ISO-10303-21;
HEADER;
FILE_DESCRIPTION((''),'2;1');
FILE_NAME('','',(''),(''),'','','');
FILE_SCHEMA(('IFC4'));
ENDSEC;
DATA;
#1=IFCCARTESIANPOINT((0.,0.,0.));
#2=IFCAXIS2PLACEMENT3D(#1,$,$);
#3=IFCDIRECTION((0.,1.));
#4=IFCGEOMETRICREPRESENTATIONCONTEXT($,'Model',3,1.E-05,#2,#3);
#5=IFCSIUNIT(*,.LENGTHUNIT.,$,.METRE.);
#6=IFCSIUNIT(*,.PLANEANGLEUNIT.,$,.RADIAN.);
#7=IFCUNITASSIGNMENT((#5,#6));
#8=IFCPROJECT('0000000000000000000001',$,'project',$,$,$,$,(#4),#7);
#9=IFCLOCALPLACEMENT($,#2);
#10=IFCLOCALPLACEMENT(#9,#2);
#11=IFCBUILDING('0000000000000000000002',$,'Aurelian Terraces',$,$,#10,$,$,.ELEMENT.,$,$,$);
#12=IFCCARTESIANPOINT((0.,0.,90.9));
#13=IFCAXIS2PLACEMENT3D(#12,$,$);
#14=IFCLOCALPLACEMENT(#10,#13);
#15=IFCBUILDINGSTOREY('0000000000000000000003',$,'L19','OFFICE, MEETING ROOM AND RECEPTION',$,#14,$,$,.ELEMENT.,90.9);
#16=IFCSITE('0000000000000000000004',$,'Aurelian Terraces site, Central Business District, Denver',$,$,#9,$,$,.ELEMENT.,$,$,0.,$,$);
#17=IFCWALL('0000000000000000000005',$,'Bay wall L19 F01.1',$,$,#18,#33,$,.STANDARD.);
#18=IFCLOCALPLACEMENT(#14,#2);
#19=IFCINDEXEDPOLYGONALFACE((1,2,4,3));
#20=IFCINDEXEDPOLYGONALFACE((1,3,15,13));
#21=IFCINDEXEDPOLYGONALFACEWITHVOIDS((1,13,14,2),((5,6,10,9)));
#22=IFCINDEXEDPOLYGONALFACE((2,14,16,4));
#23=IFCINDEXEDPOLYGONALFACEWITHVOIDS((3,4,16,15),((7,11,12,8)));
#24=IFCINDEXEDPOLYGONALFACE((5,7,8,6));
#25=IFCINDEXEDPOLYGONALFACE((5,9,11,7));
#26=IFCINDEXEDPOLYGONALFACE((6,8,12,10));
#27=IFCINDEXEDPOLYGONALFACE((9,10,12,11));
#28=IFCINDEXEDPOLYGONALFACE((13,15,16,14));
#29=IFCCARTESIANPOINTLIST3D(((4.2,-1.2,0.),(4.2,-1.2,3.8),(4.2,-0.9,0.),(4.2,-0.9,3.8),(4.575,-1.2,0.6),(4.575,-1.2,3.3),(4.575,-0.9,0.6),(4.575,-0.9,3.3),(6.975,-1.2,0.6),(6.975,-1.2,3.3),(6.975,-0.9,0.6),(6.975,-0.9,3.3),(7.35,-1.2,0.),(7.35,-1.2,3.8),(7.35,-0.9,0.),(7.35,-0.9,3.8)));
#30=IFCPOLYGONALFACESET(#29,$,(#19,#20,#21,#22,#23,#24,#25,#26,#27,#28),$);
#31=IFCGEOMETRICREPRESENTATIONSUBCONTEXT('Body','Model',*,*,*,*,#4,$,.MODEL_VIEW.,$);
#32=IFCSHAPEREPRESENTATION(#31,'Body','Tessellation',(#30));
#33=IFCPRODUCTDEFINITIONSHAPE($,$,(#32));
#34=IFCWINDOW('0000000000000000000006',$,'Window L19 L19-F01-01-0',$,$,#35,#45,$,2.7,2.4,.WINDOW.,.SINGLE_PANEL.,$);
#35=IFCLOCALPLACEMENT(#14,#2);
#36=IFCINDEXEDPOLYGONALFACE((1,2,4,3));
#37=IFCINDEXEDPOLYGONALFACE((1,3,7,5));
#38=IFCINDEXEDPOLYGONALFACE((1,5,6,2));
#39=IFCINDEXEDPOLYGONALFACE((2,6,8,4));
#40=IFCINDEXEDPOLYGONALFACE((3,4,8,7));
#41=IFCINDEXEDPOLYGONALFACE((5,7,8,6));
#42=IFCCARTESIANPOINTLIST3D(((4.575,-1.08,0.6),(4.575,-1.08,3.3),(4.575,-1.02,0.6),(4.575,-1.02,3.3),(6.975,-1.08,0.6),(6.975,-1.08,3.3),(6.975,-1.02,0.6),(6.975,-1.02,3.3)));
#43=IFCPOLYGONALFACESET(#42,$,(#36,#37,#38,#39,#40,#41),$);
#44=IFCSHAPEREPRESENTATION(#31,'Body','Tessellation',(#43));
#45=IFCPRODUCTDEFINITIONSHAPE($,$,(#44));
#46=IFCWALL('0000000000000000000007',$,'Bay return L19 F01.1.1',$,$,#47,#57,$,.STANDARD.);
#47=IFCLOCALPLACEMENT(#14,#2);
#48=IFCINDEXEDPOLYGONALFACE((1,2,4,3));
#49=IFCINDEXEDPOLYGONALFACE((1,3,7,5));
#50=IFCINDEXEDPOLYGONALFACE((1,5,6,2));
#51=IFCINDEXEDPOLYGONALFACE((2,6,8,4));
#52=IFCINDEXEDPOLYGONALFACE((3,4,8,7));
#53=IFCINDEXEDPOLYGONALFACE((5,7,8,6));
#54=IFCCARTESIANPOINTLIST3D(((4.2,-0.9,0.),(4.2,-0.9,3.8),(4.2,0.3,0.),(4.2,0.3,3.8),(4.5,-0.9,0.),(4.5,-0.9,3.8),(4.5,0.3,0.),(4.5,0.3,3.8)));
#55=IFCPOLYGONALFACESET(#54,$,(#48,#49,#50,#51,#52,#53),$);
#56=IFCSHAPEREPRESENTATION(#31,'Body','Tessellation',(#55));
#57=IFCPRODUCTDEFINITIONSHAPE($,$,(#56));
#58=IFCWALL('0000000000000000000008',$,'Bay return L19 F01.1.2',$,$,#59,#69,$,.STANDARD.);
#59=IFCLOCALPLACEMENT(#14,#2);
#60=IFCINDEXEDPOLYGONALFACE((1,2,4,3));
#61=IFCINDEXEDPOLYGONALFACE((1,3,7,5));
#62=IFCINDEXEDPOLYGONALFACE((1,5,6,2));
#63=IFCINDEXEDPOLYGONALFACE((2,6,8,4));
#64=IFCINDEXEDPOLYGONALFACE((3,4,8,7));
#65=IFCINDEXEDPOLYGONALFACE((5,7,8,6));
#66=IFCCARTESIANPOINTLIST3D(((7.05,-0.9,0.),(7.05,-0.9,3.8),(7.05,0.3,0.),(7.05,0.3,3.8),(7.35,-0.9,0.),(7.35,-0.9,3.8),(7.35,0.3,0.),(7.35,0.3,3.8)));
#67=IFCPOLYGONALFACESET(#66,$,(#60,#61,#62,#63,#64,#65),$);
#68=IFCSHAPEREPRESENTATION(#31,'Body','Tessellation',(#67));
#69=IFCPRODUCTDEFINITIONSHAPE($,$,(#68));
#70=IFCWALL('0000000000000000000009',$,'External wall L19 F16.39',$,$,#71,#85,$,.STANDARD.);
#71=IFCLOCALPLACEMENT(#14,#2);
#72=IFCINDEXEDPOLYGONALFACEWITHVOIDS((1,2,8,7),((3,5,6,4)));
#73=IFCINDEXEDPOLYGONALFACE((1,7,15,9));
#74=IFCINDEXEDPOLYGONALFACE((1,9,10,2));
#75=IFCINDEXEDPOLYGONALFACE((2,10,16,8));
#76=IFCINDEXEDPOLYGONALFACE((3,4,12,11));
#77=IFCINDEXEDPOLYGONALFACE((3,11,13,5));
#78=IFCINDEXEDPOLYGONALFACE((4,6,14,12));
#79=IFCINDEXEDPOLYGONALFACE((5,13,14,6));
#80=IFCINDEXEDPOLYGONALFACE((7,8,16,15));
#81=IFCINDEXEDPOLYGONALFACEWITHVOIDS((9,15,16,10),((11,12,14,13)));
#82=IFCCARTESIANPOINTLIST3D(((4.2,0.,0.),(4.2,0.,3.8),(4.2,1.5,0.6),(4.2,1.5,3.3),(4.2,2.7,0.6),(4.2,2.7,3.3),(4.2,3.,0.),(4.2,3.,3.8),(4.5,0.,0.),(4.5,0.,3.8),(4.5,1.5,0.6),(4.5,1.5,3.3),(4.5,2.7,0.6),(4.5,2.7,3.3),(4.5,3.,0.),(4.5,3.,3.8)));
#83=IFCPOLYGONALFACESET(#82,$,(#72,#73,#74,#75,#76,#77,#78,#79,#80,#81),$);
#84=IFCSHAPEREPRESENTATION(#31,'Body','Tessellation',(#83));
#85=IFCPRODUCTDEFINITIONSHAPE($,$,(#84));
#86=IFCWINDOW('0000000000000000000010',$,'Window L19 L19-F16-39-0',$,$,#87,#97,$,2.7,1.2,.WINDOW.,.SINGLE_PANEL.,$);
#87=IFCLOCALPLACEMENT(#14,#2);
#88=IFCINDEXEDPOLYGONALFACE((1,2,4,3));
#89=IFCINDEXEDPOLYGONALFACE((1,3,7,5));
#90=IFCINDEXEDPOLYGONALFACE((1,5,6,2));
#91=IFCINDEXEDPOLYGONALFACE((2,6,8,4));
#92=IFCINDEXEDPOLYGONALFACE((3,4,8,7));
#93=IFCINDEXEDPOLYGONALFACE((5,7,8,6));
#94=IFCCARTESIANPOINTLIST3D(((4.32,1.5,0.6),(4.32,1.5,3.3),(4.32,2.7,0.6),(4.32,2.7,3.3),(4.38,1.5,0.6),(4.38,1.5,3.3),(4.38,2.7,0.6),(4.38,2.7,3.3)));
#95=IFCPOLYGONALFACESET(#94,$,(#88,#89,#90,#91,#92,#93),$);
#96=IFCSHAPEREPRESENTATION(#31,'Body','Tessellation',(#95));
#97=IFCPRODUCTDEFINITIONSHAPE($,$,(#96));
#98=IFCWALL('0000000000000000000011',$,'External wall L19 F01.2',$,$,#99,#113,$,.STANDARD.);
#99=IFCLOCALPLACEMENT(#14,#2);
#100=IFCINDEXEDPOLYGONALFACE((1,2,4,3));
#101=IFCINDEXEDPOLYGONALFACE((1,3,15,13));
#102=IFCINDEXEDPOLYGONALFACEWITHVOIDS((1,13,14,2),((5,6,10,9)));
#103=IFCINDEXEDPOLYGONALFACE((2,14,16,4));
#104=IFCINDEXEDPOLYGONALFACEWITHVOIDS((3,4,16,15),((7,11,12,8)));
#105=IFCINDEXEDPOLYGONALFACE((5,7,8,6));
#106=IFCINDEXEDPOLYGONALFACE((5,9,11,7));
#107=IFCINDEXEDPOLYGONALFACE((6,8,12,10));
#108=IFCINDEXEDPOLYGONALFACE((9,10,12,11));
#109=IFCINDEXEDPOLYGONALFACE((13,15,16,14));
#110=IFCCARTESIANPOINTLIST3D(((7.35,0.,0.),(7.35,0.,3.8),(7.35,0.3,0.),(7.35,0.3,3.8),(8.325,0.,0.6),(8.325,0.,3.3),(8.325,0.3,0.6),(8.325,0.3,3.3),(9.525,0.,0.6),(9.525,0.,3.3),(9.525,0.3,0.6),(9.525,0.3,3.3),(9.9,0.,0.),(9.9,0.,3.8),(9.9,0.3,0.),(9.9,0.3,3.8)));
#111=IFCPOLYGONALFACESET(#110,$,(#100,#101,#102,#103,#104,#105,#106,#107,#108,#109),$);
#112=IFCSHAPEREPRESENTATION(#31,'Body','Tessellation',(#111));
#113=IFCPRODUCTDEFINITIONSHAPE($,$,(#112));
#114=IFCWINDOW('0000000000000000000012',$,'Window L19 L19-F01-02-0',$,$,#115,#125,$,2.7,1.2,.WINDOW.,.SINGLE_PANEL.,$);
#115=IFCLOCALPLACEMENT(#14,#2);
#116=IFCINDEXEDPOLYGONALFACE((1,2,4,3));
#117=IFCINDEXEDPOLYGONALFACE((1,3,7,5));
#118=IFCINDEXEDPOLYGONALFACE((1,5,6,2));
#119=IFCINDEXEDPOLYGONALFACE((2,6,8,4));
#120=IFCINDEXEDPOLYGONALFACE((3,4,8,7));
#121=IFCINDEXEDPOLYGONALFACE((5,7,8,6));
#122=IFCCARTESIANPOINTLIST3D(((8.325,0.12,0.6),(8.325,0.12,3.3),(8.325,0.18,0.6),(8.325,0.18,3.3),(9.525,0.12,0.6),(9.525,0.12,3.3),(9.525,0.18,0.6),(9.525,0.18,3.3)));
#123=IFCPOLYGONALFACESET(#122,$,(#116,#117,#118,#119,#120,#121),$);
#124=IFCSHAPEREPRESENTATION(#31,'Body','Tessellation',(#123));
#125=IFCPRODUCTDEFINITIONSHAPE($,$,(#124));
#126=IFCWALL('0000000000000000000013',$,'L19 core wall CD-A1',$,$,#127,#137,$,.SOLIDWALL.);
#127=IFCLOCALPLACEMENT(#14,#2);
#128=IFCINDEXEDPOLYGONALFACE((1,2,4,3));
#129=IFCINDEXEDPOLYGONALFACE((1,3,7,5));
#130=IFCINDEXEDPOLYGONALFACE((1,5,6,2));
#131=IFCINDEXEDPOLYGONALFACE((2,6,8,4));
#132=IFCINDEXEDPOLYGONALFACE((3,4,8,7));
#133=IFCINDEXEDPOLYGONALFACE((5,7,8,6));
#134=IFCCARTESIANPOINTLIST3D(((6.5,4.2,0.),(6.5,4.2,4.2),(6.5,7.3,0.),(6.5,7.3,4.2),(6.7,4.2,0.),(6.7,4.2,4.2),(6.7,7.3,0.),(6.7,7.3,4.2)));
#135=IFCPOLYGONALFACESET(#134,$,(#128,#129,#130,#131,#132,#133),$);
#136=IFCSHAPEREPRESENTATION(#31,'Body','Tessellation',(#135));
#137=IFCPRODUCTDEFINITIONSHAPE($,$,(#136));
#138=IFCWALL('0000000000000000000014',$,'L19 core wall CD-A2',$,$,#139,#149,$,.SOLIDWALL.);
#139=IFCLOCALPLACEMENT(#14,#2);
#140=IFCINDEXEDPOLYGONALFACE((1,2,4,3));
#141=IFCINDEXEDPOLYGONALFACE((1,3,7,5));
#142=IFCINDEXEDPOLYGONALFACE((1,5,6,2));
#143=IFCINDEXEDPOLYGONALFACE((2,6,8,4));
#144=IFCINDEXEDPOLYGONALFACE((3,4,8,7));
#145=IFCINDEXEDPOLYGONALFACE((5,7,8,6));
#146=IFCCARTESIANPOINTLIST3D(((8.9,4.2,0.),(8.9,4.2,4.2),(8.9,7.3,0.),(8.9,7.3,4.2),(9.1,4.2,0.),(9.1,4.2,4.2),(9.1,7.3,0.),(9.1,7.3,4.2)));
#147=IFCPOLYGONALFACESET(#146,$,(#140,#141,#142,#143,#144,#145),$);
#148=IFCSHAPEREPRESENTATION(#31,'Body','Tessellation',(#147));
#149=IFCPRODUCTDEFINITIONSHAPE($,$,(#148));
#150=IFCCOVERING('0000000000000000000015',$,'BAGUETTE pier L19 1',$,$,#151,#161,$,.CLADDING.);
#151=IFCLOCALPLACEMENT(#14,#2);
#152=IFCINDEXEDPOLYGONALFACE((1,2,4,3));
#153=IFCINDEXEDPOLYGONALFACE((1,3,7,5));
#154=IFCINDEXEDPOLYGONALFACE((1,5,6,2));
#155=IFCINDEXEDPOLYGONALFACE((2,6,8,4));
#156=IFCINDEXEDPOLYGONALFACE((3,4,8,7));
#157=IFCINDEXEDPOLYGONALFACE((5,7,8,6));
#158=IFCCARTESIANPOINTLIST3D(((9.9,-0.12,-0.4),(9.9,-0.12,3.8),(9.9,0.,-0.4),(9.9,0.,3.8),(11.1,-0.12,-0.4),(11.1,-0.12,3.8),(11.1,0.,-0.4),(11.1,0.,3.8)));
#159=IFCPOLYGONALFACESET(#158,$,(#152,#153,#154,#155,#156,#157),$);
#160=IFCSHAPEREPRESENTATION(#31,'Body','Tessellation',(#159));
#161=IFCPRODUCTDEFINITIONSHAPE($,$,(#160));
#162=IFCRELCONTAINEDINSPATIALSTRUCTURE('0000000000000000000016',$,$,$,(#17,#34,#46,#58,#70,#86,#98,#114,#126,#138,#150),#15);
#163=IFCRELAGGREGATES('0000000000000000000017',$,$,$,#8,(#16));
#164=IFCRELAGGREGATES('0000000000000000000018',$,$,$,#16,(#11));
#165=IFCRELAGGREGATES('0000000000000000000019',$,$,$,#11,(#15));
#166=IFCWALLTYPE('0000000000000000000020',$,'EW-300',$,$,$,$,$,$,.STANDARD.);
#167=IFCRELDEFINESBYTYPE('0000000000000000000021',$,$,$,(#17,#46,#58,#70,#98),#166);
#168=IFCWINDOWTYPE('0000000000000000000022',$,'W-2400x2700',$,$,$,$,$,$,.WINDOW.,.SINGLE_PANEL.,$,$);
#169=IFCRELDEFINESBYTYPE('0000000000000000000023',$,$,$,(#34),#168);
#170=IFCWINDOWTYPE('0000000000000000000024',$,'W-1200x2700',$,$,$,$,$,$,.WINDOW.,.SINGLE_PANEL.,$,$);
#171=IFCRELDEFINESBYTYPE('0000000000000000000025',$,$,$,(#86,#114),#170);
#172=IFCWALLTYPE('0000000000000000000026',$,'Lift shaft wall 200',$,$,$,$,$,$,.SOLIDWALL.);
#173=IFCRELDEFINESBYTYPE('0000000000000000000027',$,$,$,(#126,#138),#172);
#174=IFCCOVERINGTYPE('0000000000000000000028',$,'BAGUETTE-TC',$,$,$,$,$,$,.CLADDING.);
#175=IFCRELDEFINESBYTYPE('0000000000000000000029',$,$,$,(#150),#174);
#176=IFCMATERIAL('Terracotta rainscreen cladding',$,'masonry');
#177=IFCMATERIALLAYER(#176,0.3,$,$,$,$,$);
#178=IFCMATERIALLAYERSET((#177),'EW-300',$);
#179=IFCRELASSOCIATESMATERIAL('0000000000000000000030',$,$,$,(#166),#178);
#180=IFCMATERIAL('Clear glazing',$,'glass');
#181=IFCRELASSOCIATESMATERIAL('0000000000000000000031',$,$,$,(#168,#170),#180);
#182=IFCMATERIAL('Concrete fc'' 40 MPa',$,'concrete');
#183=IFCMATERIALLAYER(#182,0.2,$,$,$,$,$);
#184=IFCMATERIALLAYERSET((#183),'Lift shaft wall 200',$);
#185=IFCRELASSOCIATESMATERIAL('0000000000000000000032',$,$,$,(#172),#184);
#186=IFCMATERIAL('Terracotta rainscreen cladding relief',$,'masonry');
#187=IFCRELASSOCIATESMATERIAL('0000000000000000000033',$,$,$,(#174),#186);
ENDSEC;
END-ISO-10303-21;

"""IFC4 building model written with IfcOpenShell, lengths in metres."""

from ifc_helpers import new_model, si_unit, direction, frame, frame_2d, origin, origin_2d, place, context, subcontext, project, spatial, rectangle, extrude, source, transform, mapped, material, layer, layer_set, type_object, element, fill, save


model = new_model("IFC4")

# Units and contexts
model_context = context("Model", 3, precision=1e-05, world=origin(), true_north=direction((0.0, 1.0)))
body_context = subcontext(model_context, "Body", "Model", "MODEL_VIEW")
ifc_project = project(units=[si_unit("LENGTHUNIT", "METRE"), si_unit("PLANEANGLEUNIT", "RADIAN")], contexts=[model_context])

# Site, building, storey
site_placement = place(None, origin())
site = spatial("IfcSite", under=ifc_project, at=site_placement, Name="Aurelian Terraces site, Central Business District, Denver", CompositionType="ELEMENT", RefElevation=0.0)
building_placement = place(site_placement, origin())
building = spatial("IfcBuilding", under=site, at=building_placement, Name="Aurelian Terraces", CompositionType="ELEMENT")
storey_placement = place(building_placement, frame((0.0, 0.0, 90.9)))
storey = spatial("IfcBuildingStorey", under=building, at=storey_placement, Name="L19", Description="OFFICE, MEETING ROOM AND RECEPTION", CompositionType="ELEMENT", Elevation=90.9)

# Shared definitions
ifc_material_1 = material(Name="Concrete fc' 40 MPa", Category="concrete")

# Shared definitions
ifc_material_2 = material(Name="Terracotta rainscreen cladding", Category="masonry")
ifc_layer_1 = layer(ifc_material_2, 0.3)
ifc_layer_set_1 = layer_set([ifc_layer_1], Name="EW-300")
wall_type_1 = type_object("IfcWallType", Name="EW-300", PredefinedType="STANDARD", material=ifc_layer_set_1)
ifc_material_3 = material(Name="Clear glazing", Category="glass")

# Wall, opening, window
shared_shape_1 = source(origin(), body_context, "Body", "SweptSolid", [
    extrude(rectangle(XDim=3.15, YDim=0.3, at=frame_2d((1.575, 0.0))), origin(), (0.0, 0.0, 1.0), 3.8),
])
wall_1_placement = place(storey_placement, frame((4.2, -1.05, 0.0), z_axis=(0.0, 0.0, 1.0), x_axis=(1.0, 0.0, 0.0)))
wall_1 = element("IfcWall", 1, at=wall_1_placement, inside=storey, type_object=wall_type_1, Name="Bay wall L19 F01.1", PredefinedType="STANDARD", context=body_context, shape_type="MappedRepresentation", body=[
    mapped(shared_shape_1, transform((0.0, 0.0, 0.0), scale=1.0)),
])
shared_shape_2 = source(origin(), body_context, "Body", "SweptSolid", [
    extrude(rectangle(XDim=2.4, YDim=2.7, at=frame_2d((1.2, 1.35))), frame((0.0, 0.16, 0.0), z_axis=(0.0, -1.0, 0.0), x_axis=(1.0, 0.0, 0.0)), (0.0, 0.0, 1.0), 0.32),
])
opening_1_placement = place(wall_1_placement, frame((0.375, 0.0, 0.6)))
opening_1 = element("IfcOpeningElement", 2, at=opening_1_placement, cuts=wall_1, PredefinedType="OPENING", context=body_context, shape_type="MappedRepresentation", body=[
    mapped(shared_shape_2, transform((0.0, 0.0, 0.0), scale=1.0)),
])
window_type_1 = type_object("IfcWindowType", Name="W-2400x2700", PartitioningType="SINGLE_PANEL", PredefinedType="WINDOW", material=ifc_material_3)
shared_shape_3 = source(origin(), body_context, "Body", "SweptSolid", [
    extrude(rectangle(XDim=2.4, YDim=2.7, at=frame_2d((1.2, 1.35))), frame((0.0, 0.03, 0.0), z_axis=(0.0, -1.0, 0.0), x_axis=(1.0, 0.0, 0.0)), (0.0, 0.0, 1.0), 0.06),
])
window_1_placement = place(opening_1_placement, origin())
window_1 = element("IfcWindow", 3, at=window_1_placement, inside=storey, type_object=window_type_1, Name="Window L19 L19-F01-01-0", OverallHeight=2.7, OverallWidth=2.4, PartitioningType="SINGLE_PANEL", PredefinedType="WINDOW", context=body_context, shape_type="MappedRepresentation", body=[
    mapped(shared_shape_3, transform((0.0, 0.0, 0.0), scale=1.0)),
])
fill(opening_1, window_1)

# Walls
shared_shape_4 = source(origin(), body_context, "Body", "SweptSolid", [
    extrude(rectangle(XDim=1.2, YDim=0.3, at=frame_2d((0.6, 0.0))), origin(), (0.0, 0.0, 1.0), 3.8),
])
for number, where, z_axis, x_axis, name in (
    (4, (4.35, 0.3, 0.0), (0.0, 0.0, 1.0), (0.0, -1.0, 0.0), "Bay return L19 F01.1.1"),
    (5, (7.2, 0.3, 0.0), (0.0, 0.0, 1.0), (0.0, -1.0, 0.0), "Bay return L19 F01.1.2"),
):
    element("IfcWall", number, at=place(storey_placement, frame(where, z_axis=z_axis, x_axis=x_axis)), inside=storey, type_object=wall_type_1, Name=name, PredefinedType="STANDARD", context=body_context, shape_type="MappedRepresentation", body=[
        mapped(shared_shape_4, transform((0.0, 0.0, 0.0), scale=1.0)),
    ])

# Walls, openings, windows
shared_shape_5 = source(origin(), body_context, "Body", "SweptSolid", [
    extrude(rectangle(XDim=3.0, YDim=0.3, at=frame_2d((1.5, 0.0))), origin(), (0.0, 0.0, 1.0), 3.8),
])
wall_2_placement = place(storey_placement, frame((4.35, 3.0, 0.0), z_axis=(0.0, 0.0, 1.0), x_axis=(0.0, -1.0, 0.0)))
wall_2 = element("IfcWall", 6, at=wall_2_placement, inside=storey, type_object=wall_type_1, Name="External wall L19 F16.39", PredefinedType="STANDARD", context=body_context, shape_type="MappedRepresentation", body=[
    mapped(shared_shape_5, transform((0.0, 0.0, 0.0), scale=1.0)),
])
shared_shape_6 = source(origin(), body_context, "Body", "SweptSolid", [
    extrude(rectangle(XDim=1.2, YDim=2.7, at=frame_2d((0.6, 1.35))), frame((0.0, 0.16, 0.0), z_axis=(0.0, -1.0, 0.0), x_axis=(1.0, 0.0, 0.0)), (0.0, 0.0, 1.0), 0.32),
])
opening_2_placement = place(wall_2_placement, frame((0.3, 0.0, 0.6)))
opening_2 = element("IfcOpeningElement", 7, at=opening_2_placement, cuts=wall_2, PredefinedType="OPENING", context=body_context, shape_type="MappedRepresentation", body=[
    mapped(shared_shape_6, transform((0.0, 0.0, 0.0), scale=1.0)),
])
window_type_2 = type_object("IfcWindowType", Name="W-1200x2700", PartitioningType="SINGLE_PANEL", PredefinedType="WINDOW", material=ifc_material_3)
shared_shape_7 = source(origin(), body_context, "Body", "SweptSolid", [
    extrude(rectangle(XDim=1.2, YDim=2.7, at=frame_2d((0.6, 1.35))), frame((0.0, 0.03, 0.0), z_axis=(0.0, -1.0, 0.0), x_axis=(1.0, 0.0, 0.0)), (0.0, 0.0, 1.0), 0.06),
])
window_2_placement = place(opening_2_placement, origin())
window_2 = element("IfcWindow", 8, at=window_2_placement, inside=storey, type_object=window_type_2, Name="Window L19 L19-F16-39-0", OverallHeight=2.7, OverallWidth=1.2, PartitioningType="SINGLE_PANEL", PredefinedType="WINDOW", context=body_context, shape_type="MappedRepresentation", body=[
    mapped(shared_shape_7, transform((0.0, 0.0, 0.0), scale=1.0)),
])
fill(opening_2, window_2)
shared_shape_8 = source(origin(), body_context, "Body", "SweptSolid", [
    extrude(rectangle(XDim=2.55, YDim=0.3, at=frame_2d((1.275, 0.0))), origin(), (0.0, 0.0, 1.0), 3.8),
])
wall_3_placement = place(storey_placement, frame((7.35, 0.15, 0.0), z_axis=(0.0, 0.0, 1.0), x_axis=(1.0, 0.0, 0.0)))
wall_3 = element("IfcWall", 9, at=wall_3_placement, inside=storey, type_object=wall_type_1, Name="External wall L19 F01.2", PredefinedType="STANDARD", context=body_context, shape_type="MappedRepresentation", body=[
    mapped(shared_shape_8, transform((0.0, 0.0, 0.0), scale=1.0)),
])
opening_3_placement = place(wall_3_placement, frame((0.975, 0.0, 0.6)))
opening_3 = element("IfcOpeningElement", 10, at=opening_3_placement, cuts=wall_3, PredefinedType="OPENING", context=body_context, shape_type="MappedRepresentation", body=[
    mapped(shared_shape_6, transform((0.0, 0.0, 0.0), scale=1.0)),
])
window_3_placement = place(opening_3_placement, origin())
window_3 = element("IfcWindow", 11, at=window_3_placement, inside=storey, type_object=window_type_2, Name="Window L19 L19-F01-02-0", OverallHeight=2.7, OverallWidth=1.2, PartitioningType="SINGLE_PANEL", PredefinedType="WINDOW", context=body_context, shape_type="MappedRepresentation", body=[
    mapped(shared_shape_7, transform((0.0, 0.0, 0.0), scale=1.0)),
])
fill(opening_3, window_3)

# Walls
ifc_layer_2 = layer(ifc_material_1, 0.2)
ifc_layer_set_2 = layer_set([ifc_layer_2], Name="Lift shaft wall 200")
wall_type_2 = type_object("IfcWallType", Name="Lift shaft wall 200", PredefinedType="SOLIDWALL", material=ifc_layer_set_2)
shared_shape_9 = source(origin(), body_context, "Body", "SweptSolid", [
    extrude(rectangle(XDim=3.1, YDim=0.2, at=frame_2d((1.55, 0.0))), origin(), (0.0, 0.0, 1.0), 4.2),
])
for number, where, z_axis, x_axis, name in (
    (12, (6.6, 4.2, 0.0), (0.0, 0.0, 1.0), (0.0, 1.0, 0.0), "L19 core wall CD-A1"),
    (13, (9.0, 4.2, 0.0), (0.0, 0.0, 1.0), (0.0, 1.0, 0.0), "L19 core wall CD-A2"),
):
    element("IfcWall", number, at=place(storey_placement, frame(where, z_axis=z_axis, x_axis=x_axis)), inside=storey, type_object=wall_type_2, Name=name, PredefinedType="SOLIDWALL", context=body_context, shape_type="MappedRepresentation", body=[
        mapped(shared_shape_9, transform((0.0, 0.0, 0.0), scale=1.0)),
    ])

# Covering
ifc_material_4 = material(Name="Terracotta rainscreen cladding relief", Category="masonry")
covering_type_1 = type_object("IfcCoveringType", Name="BAGUETTE-TC", PredefinedType="CLADDING", material=ifc_material_4)
shared_shape_10 = source(origin(), body_context, "Body", "SweptSolid", [
    extrude(rectangle(XDim=1.2, YDim=0.12, at=origin_2d()), origin(), (0.0, 0.0, 1.0), 4.2),
])
covering_1_placement = place(storey_placement, frame((10.5, -0.06, -0.4), z_axis=(0.0, 0.0, 1.0), x_axis=(1.0, 0.0, 0.0)))
element("IfcCovering", 14, at=covering_1_placement, inside=storey, type_object=covering_type_1, Name="BAGUETTE pier L19 1", PredefinedType="CLADDING", context=body_context, shape_type="MappedRepresentation", body=[
    mapped(shared_shape_10, transform((0.0, 0.0, 0.0), scale=1.0)),
])

save(model, "model.ifc")
